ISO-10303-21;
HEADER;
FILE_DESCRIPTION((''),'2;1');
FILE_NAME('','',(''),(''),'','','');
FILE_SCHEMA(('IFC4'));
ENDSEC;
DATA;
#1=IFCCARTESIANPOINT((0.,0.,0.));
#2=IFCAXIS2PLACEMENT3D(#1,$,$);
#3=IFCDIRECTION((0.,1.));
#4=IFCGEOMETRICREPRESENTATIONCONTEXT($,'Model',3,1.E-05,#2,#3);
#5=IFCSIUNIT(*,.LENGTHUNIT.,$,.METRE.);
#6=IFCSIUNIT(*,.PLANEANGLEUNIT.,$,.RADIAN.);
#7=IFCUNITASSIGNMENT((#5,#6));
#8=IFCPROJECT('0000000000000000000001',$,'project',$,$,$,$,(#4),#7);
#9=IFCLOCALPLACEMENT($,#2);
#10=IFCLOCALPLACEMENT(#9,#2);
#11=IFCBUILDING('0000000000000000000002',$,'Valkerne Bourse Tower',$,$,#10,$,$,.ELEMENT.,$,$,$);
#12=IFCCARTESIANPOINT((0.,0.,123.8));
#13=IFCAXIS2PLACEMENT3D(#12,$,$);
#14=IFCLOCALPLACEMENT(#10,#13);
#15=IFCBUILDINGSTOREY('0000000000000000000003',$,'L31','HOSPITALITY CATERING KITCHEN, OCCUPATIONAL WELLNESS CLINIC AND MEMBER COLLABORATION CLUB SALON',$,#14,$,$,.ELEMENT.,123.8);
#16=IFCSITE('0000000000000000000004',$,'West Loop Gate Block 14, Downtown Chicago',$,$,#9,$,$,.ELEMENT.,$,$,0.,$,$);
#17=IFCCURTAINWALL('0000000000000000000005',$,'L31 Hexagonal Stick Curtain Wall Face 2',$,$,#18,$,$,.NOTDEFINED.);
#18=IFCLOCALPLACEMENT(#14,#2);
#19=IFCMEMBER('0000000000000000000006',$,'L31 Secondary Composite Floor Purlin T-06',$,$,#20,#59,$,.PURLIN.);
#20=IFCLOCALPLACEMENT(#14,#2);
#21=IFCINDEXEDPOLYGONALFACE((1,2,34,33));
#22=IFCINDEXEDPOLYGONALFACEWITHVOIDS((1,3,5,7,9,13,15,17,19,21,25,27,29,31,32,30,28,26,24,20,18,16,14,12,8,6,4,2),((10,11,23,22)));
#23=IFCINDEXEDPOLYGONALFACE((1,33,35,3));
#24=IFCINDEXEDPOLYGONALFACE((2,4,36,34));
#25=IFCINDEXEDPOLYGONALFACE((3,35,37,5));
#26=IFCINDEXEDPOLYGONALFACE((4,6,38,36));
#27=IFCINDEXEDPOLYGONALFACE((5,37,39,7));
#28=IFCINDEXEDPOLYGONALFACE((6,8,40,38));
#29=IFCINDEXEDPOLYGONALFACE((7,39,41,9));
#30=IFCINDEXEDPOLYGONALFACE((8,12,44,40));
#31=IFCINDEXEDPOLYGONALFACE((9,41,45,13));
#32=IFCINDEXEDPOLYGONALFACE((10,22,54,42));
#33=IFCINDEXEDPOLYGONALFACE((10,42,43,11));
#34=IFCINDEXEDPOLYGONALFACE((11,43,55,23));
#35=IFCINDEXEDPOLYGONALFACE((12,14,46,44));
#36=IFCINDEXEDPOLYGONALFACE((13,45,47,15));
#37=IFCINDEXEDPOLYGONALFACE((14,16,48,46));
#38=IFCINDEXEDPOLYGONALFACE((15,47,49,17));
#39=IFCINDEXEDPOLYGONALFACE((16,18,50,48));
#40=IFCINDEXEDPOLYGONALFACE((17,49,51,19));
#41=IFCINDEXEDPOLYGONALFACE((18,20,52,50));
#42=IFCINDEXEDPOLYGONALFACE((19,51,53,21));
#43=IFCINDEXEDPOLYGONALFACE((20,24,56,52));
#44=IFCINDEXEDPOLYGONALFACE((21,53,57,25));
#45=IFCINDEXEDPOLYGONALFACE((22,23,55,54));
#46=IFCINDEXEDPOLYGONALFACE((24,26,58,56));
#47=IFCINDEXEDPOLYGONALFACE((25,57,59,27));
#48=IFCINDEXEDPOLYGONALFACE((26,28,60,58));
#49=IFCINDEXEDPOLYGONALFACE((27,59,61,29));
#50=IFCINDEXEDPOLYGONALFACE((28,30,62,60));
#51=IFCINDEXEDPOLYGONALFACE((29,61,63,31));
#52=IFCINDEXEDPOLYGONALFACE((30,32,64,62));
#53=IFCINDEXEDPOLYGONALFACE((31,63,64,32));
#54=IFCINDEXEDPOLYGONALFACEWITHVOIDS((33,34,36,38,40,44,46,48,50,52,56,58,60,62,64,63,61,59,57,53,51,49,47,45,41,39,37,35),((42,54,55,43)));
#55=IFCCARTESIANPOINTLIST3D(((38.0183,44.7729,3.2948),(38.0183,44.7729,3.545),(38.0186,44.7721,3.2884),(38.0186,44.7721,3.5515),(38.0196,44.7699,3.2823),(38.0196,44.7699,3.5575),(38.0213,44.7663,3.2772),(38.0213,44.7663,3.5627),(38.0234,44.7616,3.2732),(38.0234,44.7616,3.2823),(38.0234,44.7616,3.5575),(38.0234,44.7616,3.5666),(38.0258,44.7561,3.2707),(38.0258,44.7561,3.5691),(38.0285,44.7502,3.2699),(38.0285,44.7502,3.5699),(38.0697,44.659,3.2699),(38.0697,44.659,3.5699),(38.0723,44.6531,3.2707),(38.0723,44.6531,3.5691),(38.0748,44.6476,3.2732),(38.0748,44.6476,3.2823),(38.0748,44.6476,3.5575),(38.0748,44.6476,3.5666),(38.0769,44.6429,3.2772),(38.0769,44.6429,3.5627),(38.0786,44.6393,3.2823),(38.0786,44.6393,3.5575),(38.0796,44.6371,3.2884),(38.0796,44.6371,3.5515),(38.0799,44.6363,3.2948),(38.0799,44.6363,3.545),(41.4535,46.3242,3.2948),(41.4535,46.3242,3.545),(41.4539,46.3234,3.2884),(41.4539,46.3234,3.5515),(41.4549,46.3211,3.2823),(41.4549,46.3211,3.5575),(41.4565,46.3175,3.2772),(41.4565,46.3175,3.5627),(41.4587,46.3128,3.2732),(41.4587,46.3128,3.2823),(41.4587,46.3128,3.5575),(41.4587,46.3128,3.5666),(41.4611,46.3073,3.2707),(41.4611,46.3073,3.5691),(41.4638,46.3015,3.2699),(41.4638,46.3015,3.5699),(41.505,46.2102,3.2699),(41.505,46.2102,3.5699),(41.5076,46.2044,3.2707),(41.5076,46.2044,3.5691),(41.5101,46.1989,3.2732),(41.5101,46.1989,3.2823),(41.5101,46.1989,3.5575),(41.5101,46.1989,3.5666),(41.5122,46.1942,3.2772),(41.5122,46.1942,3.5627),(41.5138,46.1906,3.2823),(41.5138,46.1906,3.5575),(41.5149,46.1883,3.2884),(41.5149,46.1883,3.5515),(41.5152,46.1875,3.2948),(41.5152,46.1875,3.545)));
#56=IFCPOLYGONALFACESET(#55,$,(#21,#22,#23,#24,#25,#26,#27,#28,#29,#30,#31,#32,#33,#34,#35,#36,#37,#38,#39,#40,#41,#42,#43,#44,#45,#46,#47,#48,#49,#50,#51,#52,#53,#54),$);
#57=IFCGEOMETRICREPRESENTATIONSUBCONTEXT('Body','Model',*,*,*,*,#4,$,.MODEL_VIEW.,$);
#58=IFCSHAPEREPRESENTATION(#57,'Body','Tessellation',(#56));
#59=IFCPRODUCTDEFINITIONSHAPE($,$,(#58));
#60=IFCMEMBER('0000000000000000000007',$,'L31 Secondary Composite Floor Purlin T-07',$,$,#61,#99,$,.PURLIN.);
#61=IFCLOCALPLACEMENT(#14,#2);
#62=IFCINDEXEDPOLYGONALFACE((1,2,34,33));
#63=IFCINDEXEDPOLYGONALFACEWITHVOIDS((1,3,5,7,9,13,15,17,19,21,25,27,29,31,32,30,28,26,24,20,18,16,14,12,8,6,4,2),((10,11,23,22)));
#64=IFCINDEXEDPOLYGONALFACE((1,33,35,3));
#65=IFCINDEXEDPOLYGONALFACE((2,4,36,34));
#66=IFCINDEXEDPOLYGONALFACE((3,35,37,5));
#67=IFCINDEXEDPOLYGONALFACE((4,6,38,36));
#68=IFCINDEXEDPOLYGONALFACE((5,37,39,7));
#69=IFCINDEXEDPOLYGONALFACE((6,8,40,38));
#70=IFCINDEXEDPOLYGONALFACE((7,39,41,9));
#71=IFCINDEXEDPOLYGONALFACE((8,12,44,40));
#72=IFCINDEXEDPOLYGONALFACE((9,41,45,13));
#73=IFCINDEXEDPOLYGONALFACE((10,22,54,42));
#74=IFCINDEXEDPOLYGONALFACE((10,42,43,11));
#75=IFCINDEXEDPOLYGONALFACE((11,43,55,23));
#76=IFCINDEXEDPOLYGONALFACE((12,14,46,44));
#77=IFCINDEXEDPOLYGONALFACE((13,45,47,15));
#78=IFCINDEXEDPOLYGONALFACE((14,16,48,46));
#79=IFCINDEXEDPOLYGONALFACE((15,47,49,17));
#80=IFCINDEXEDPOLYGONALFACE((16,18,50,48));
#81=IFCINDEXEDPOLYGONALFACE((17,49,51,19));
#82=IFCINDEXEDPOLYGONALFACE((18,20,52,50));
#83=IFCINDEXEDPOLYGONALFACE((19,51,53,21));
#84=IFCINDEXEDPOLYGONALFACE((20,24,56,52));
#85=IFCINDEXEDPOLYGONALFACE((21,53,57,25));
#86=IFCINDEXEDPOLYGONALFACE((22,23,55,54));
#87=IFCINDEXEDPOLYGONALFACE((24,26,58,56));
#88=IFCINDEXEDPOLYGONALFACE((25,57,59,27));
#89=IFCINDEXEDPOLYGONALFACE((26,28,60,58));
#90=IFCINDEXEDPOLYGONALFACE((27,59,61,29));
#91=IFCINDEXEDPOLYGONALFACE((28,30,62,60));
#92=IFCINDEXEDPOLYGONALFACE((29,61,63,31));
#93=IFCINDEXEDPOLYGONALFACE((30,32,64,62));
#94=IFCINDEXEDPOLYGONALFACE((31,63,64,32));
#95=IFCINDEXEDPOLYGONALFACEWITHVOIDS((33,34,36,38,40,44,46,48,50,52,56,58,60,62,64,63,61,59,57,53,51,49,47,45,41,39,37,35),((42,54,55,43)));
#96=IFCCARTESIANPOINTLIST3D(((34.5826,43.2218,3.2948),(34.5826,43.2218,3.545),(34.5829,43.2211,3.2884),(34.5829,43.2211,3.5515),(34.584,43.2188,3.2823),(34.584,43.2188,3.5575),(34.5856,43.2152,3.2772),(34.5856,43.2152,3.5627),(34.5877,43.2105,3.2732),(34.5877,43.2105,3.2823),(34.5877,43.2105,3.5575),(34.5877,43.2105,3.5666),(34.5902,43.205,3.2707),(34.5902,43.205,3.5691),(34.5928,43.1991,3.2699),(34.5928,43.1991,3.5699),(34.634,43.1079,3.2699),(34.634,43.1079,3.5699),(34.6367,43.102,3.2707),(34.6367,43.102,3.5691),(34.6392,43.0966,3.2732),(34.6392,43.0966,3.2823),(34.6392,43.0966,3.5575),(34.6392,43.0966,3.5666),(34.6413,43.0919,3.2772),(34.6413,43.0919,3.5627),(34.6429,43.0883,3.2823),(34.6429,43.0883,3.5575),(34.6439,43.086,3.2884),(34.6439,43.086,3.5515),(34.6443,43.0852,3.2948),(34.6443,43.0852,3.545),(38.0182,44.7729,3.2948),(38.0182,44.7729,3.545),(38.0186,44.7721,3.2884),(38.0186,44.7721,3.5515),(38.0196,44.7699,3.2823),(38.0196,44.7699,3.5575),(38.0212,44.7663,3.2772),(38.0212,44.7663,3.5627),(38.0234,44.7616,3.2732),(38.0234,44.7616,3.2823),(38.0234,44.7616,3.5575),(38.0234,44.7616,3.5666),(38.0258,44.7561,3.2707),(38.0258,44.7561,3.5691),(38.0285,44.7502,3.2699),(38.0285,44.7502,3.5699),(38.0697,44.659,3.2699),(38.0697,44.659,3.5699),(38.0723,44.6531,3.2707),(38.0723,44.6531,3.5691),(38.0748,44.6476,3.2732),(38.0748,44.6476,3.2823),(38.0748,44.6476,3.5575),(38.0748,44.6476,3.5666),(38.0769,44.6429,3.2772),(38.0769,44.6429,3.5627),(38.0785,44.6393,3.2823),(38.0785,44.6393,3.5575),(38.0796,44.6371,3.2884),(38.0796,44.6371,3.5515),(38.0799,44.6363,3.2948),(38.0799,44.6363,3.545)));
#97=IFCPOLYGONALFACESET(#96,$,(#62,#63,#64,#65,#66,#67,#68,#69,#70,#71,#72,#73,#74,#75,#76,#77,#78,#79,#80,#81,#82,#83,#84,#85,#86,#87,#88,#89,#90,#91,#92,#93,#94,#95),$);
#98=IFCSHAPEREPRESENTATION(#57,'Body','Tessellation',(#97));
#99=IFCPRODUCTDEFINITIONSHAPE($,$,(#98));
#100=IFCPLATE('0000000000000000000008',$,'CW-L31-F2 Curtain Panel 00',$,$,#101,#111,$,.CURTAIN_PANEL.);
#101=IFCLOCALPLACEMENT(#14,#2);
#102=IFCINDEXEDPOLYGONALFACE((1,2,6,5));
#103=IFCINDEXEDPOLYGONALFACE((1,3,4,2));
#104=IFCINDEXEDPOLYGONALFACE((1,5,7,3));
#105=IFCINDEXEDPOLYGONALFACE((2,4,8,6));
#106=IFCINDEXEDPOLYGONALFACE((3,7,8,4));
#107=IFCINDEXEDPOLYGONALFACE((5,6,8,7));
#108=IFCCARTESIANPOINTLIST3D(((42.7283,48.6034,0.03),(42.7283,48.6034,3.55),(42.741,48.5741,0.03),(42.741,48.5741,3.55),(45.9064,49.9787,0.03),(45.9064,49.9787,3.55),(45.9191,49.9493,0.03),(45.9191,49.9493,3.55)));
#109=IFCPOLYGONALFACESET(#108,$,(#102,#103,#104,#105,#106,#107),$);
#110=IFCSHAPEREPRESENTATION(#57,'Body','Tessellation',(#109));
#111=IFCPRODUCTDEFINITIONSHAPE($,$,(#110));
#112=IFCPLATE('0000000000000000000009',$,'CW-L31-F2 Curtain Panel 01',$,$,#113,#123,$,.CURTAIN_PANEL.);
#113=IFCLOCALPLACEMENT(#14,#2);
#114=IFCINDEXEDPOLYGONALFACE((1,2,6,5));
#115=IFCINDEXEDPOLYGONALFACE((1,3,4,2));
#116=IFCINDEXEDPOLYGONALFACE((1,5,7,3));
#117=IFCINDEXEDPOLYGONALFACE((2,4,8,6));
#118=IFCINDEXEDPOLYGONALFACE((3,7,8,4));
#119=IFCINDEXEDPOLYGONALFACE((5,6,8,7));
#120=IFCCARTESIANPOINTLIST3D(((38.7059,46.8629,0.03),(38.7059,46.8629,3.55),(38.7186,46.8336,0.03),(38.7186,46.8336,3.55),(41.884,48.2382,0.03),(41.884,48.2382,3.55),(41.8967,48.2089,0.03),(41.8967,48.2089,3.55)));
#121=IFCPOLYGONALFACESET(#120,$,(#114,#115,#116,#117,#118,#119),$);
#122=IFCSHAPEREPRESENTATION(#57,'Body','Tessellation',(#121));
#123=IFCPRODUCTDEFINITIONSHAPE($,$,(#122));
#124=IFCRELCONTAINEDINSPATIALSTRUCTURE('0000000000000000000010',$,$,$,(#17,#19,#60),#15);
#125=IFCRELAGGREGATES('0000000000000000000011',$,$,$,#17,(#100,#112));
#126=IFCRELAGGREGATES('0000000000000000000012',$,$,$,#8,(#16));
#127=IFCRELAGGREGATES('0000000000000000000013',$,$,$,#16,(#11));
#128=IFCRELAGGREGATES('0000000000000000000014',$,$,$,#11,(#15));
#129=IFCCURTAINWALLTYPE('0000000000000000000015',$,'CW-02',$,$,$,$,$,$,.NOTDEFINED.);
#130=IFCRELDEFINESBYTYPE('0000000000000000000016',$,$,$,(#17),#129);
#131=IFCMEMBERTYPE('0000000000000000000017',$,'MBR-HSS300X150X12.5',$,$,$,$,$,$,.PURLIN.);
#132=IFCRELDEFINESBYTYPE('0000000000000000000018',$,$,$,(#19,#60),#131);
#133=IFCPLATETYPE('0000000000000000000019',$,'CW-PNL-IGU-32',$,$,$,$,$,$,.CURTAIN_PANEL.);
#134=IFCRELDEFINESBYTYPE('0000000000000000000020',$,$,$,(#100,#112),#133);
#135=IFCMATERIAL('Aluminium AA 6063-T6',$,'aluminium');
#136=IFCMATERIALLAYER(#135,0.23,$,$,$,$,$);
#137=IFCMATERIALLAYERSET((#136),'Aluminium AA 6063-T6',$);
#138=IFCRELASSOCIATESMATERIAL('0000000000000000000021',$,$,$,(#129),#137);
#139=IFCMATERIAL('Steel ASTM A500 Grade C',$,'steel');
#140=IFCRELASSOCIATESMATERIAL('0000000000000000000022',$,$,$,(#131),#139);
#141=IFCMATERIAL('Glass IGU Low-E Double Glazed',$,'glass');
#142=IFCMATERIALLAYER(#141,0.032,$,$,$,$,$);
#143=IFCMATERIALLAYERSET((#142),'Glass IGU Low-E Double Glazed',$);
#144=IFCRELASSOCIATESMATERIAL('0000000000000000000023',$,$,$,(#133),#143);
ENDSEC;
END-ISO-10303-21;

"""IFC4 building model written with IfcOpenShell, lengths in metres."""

from ifc_helpers import new_model, si_unit, direction, frame, origin, origin_2d, place, context, subcontext, project, spatial, rectangle, hollow_rectangle, extrude, material, layer, layer_set, material_profile, profile_set, type_object, element, aggregate, save


model = new_model("IFC4")

# Units and contexts
model_context = context("Model", 3, precision=1e-05, world=origin(), true_north=direction((0.0, 1.0)))
body_context = subcontext(model_context, "Body", "Model", "MODEL_VIEW")
ifc_project = project(units=[si_unit("LENGTHUNIT", "METRE"), si_unit("PLANEANGLEUNIT", "RADIAN")], contexts=[model_context])

# Site, building, storey
site_placement = place(None, origin())
site = spatial("IfcSite", under=ifc_project, at=site_placement, Name="West Loop Gate Block 14, Downtown Chicago", CompositionType="ELEMENT", RefElevation=0.0)
building_placement = place(site_placement, origin())
building = spatial("IfcBuilding", under=site, at=building_placement, Name="Valkerne Bourse Tower", CompositionType="ELEMENT")
storey_placement = place(building_placement, frame((0.0, 0.0, 123.8)))
storey = spatial("IfcBuildingStorey", under=building, at=storey_placement, Name="L31", Description="HOSPITALITY CATERING KITCHEN, OCCUPATIONAL WELLNESS CLINIC AND MEMBER COLLABORATION CLUB SALON", CompositionType="ELEMENT", Elevation=123.8)

# Curtain wall
ifc_material_1 = material(Name="Aluminium AA 6063-T6", Category="aluminium")
ifc_layer_1 = layer(ifc_material_1, 0.23)
ifc_layer_set_1 = layer_set([ifc_layer_1], Name="Aluminium AA 6063-T6")
curtain_wall_type = type_object("IfcCurtainWallType", Name="CW-02", PredefinedType="NOTDEFINED", material=ifc_layer_set_1)
curtain_wall_placement = place(storey_placement, origin())
curtain_wall = element("IfcCurtainWall", 1, at=curtain_wall_placement, inside=storey, type_object=curtain_wall_type, Name="L31 Hexagonal Stick Curtain Wall Face 2", PredefinedType="NOTDEFINED")

# Members
ifc_material_2 = material(Name="Steel ASTM A500 Grade C", Category="steel")
ifc_material_profile_1 = material_profile(ifc_material_2, hollow_rectangle(XDim=0.1499, YDim=0.3, WallThickness=0.0125, OuterFilletRadius=0.0249, at=origin_2d()), Name="HSS300X150X12.5")
ifc_profile_set_1 = profile_set([ifc_material_profile_1], Name="Steel ASTM A500 Grade C")
member_type_1 = type_object("IfcMemberType", Name="MBR-HSS300X150X12.5", PredefinedType="PURLIN", material=ifc_profile_set_1)
member_1_placement = place(storey_placement, frame((41.4844, 46.2559, 3.4199), z_axis=(-0.911386, -0.411552, 0.0), x_axis=(0.411552, -0.911386, 0.0)))
element("IfcMember", 2, at=member_1_placement, inside=storey, type_object=member_type_1, Name="L31 Secondary Composite Floor Purlin T-06", PredefinedType="PURLIN", context=body_context, shape_type="SweptSolid", body=[
    extrude(hollow_rectangle(XDim=0.1499, YDim=0.3, WallThickness=0.0125, OuterFilletRadius=0.0249, at=origin_2d()), origin(), (0.0, 0.0, 1.0), 3.7693),
])
member_2_placement = place(storey_placement, frame((38.0491, 44.7046, 3.4199), z_axis=(-0.911422, -0.411474, 0.0), x_axis=(0.411474, -0.911422, 0.0)))
element("IfcMember", 3, at=member_2_placement, inside=storey, type_object=member_type_1, Name="L31 Secondary Composite Floor Purlin T-07", PredefinedType="PURLIN", context=body_context, shape_type="SweptSolid", body=[
    extrude(hollow_rectangle(XDim=0.1499, YDim=0.3, WallThickness=0.0125, OuterFilletRadius=0.0249, at=origin_2d()), origin(), (0.0, 0.0, 1.0), 3.7695),
])

# Plates
ifc_material_3 = material(Name="Glass IGU Low-E Double Glazed", Category="glass")
ifc_layer_2 = layer(ifc_material_3, 0.032)
ifc_layer_set_2 = layer_set([ifc_layer_2], Name="Glass IGU Low-E Double Glazed")
plate_type = type_object("IfcPlateType", Name="CW-PNL-IGU-32", PredefinedType="CURTAIN_PANEL", material=ifc_layer_set_2)
plate_1_placement = place(storey_placement, frame((44.3237, 49.2764, 0.03), z_axis=(0.0, 0.0, 1.0), x_axis=(-0.917762, -0.39713, 0.0)))
plate_1 = element("IfcPlate", 4, at=plate_1_placement, type_object=plate_type, Name="CW-L31-F2 Curtain Panel 00", PredefinedType="CURTAIN_PANEL", context=body_context, shape_type="SweptSolid", body=[
    extrude(rectangle(XDim=3.4629, YDim=0.032, at=origin_2d()), origin(), (0.0, 0.0, 1.0), 3.52),
])
plate_2_placement = place(storey_placement, frame((40.3013, 47.5359, 0.03), z_axis=(0.0, 0.0, 1.0), x_axis=(-0.917754, -0.39715, 0.0)))
plate_2 = element("IfcPlate", 5, at=plate_2_placement, type_object=plate_type, Name="CW-L31-F2 Curtain Panel 01", PredefinedType="CURTAIN_PANEL", context=body_context, shape_type="SweptSolid", body=[
    extrude(rectangle(XDim=3.4629, YDim=0.032, at=origin_2d()), origin(), (0.0, 0.0, 1.0), 3.52),
])
aggregate(curtain_wall, [plate_1, plate_2])

save(model, "model.ifc")
